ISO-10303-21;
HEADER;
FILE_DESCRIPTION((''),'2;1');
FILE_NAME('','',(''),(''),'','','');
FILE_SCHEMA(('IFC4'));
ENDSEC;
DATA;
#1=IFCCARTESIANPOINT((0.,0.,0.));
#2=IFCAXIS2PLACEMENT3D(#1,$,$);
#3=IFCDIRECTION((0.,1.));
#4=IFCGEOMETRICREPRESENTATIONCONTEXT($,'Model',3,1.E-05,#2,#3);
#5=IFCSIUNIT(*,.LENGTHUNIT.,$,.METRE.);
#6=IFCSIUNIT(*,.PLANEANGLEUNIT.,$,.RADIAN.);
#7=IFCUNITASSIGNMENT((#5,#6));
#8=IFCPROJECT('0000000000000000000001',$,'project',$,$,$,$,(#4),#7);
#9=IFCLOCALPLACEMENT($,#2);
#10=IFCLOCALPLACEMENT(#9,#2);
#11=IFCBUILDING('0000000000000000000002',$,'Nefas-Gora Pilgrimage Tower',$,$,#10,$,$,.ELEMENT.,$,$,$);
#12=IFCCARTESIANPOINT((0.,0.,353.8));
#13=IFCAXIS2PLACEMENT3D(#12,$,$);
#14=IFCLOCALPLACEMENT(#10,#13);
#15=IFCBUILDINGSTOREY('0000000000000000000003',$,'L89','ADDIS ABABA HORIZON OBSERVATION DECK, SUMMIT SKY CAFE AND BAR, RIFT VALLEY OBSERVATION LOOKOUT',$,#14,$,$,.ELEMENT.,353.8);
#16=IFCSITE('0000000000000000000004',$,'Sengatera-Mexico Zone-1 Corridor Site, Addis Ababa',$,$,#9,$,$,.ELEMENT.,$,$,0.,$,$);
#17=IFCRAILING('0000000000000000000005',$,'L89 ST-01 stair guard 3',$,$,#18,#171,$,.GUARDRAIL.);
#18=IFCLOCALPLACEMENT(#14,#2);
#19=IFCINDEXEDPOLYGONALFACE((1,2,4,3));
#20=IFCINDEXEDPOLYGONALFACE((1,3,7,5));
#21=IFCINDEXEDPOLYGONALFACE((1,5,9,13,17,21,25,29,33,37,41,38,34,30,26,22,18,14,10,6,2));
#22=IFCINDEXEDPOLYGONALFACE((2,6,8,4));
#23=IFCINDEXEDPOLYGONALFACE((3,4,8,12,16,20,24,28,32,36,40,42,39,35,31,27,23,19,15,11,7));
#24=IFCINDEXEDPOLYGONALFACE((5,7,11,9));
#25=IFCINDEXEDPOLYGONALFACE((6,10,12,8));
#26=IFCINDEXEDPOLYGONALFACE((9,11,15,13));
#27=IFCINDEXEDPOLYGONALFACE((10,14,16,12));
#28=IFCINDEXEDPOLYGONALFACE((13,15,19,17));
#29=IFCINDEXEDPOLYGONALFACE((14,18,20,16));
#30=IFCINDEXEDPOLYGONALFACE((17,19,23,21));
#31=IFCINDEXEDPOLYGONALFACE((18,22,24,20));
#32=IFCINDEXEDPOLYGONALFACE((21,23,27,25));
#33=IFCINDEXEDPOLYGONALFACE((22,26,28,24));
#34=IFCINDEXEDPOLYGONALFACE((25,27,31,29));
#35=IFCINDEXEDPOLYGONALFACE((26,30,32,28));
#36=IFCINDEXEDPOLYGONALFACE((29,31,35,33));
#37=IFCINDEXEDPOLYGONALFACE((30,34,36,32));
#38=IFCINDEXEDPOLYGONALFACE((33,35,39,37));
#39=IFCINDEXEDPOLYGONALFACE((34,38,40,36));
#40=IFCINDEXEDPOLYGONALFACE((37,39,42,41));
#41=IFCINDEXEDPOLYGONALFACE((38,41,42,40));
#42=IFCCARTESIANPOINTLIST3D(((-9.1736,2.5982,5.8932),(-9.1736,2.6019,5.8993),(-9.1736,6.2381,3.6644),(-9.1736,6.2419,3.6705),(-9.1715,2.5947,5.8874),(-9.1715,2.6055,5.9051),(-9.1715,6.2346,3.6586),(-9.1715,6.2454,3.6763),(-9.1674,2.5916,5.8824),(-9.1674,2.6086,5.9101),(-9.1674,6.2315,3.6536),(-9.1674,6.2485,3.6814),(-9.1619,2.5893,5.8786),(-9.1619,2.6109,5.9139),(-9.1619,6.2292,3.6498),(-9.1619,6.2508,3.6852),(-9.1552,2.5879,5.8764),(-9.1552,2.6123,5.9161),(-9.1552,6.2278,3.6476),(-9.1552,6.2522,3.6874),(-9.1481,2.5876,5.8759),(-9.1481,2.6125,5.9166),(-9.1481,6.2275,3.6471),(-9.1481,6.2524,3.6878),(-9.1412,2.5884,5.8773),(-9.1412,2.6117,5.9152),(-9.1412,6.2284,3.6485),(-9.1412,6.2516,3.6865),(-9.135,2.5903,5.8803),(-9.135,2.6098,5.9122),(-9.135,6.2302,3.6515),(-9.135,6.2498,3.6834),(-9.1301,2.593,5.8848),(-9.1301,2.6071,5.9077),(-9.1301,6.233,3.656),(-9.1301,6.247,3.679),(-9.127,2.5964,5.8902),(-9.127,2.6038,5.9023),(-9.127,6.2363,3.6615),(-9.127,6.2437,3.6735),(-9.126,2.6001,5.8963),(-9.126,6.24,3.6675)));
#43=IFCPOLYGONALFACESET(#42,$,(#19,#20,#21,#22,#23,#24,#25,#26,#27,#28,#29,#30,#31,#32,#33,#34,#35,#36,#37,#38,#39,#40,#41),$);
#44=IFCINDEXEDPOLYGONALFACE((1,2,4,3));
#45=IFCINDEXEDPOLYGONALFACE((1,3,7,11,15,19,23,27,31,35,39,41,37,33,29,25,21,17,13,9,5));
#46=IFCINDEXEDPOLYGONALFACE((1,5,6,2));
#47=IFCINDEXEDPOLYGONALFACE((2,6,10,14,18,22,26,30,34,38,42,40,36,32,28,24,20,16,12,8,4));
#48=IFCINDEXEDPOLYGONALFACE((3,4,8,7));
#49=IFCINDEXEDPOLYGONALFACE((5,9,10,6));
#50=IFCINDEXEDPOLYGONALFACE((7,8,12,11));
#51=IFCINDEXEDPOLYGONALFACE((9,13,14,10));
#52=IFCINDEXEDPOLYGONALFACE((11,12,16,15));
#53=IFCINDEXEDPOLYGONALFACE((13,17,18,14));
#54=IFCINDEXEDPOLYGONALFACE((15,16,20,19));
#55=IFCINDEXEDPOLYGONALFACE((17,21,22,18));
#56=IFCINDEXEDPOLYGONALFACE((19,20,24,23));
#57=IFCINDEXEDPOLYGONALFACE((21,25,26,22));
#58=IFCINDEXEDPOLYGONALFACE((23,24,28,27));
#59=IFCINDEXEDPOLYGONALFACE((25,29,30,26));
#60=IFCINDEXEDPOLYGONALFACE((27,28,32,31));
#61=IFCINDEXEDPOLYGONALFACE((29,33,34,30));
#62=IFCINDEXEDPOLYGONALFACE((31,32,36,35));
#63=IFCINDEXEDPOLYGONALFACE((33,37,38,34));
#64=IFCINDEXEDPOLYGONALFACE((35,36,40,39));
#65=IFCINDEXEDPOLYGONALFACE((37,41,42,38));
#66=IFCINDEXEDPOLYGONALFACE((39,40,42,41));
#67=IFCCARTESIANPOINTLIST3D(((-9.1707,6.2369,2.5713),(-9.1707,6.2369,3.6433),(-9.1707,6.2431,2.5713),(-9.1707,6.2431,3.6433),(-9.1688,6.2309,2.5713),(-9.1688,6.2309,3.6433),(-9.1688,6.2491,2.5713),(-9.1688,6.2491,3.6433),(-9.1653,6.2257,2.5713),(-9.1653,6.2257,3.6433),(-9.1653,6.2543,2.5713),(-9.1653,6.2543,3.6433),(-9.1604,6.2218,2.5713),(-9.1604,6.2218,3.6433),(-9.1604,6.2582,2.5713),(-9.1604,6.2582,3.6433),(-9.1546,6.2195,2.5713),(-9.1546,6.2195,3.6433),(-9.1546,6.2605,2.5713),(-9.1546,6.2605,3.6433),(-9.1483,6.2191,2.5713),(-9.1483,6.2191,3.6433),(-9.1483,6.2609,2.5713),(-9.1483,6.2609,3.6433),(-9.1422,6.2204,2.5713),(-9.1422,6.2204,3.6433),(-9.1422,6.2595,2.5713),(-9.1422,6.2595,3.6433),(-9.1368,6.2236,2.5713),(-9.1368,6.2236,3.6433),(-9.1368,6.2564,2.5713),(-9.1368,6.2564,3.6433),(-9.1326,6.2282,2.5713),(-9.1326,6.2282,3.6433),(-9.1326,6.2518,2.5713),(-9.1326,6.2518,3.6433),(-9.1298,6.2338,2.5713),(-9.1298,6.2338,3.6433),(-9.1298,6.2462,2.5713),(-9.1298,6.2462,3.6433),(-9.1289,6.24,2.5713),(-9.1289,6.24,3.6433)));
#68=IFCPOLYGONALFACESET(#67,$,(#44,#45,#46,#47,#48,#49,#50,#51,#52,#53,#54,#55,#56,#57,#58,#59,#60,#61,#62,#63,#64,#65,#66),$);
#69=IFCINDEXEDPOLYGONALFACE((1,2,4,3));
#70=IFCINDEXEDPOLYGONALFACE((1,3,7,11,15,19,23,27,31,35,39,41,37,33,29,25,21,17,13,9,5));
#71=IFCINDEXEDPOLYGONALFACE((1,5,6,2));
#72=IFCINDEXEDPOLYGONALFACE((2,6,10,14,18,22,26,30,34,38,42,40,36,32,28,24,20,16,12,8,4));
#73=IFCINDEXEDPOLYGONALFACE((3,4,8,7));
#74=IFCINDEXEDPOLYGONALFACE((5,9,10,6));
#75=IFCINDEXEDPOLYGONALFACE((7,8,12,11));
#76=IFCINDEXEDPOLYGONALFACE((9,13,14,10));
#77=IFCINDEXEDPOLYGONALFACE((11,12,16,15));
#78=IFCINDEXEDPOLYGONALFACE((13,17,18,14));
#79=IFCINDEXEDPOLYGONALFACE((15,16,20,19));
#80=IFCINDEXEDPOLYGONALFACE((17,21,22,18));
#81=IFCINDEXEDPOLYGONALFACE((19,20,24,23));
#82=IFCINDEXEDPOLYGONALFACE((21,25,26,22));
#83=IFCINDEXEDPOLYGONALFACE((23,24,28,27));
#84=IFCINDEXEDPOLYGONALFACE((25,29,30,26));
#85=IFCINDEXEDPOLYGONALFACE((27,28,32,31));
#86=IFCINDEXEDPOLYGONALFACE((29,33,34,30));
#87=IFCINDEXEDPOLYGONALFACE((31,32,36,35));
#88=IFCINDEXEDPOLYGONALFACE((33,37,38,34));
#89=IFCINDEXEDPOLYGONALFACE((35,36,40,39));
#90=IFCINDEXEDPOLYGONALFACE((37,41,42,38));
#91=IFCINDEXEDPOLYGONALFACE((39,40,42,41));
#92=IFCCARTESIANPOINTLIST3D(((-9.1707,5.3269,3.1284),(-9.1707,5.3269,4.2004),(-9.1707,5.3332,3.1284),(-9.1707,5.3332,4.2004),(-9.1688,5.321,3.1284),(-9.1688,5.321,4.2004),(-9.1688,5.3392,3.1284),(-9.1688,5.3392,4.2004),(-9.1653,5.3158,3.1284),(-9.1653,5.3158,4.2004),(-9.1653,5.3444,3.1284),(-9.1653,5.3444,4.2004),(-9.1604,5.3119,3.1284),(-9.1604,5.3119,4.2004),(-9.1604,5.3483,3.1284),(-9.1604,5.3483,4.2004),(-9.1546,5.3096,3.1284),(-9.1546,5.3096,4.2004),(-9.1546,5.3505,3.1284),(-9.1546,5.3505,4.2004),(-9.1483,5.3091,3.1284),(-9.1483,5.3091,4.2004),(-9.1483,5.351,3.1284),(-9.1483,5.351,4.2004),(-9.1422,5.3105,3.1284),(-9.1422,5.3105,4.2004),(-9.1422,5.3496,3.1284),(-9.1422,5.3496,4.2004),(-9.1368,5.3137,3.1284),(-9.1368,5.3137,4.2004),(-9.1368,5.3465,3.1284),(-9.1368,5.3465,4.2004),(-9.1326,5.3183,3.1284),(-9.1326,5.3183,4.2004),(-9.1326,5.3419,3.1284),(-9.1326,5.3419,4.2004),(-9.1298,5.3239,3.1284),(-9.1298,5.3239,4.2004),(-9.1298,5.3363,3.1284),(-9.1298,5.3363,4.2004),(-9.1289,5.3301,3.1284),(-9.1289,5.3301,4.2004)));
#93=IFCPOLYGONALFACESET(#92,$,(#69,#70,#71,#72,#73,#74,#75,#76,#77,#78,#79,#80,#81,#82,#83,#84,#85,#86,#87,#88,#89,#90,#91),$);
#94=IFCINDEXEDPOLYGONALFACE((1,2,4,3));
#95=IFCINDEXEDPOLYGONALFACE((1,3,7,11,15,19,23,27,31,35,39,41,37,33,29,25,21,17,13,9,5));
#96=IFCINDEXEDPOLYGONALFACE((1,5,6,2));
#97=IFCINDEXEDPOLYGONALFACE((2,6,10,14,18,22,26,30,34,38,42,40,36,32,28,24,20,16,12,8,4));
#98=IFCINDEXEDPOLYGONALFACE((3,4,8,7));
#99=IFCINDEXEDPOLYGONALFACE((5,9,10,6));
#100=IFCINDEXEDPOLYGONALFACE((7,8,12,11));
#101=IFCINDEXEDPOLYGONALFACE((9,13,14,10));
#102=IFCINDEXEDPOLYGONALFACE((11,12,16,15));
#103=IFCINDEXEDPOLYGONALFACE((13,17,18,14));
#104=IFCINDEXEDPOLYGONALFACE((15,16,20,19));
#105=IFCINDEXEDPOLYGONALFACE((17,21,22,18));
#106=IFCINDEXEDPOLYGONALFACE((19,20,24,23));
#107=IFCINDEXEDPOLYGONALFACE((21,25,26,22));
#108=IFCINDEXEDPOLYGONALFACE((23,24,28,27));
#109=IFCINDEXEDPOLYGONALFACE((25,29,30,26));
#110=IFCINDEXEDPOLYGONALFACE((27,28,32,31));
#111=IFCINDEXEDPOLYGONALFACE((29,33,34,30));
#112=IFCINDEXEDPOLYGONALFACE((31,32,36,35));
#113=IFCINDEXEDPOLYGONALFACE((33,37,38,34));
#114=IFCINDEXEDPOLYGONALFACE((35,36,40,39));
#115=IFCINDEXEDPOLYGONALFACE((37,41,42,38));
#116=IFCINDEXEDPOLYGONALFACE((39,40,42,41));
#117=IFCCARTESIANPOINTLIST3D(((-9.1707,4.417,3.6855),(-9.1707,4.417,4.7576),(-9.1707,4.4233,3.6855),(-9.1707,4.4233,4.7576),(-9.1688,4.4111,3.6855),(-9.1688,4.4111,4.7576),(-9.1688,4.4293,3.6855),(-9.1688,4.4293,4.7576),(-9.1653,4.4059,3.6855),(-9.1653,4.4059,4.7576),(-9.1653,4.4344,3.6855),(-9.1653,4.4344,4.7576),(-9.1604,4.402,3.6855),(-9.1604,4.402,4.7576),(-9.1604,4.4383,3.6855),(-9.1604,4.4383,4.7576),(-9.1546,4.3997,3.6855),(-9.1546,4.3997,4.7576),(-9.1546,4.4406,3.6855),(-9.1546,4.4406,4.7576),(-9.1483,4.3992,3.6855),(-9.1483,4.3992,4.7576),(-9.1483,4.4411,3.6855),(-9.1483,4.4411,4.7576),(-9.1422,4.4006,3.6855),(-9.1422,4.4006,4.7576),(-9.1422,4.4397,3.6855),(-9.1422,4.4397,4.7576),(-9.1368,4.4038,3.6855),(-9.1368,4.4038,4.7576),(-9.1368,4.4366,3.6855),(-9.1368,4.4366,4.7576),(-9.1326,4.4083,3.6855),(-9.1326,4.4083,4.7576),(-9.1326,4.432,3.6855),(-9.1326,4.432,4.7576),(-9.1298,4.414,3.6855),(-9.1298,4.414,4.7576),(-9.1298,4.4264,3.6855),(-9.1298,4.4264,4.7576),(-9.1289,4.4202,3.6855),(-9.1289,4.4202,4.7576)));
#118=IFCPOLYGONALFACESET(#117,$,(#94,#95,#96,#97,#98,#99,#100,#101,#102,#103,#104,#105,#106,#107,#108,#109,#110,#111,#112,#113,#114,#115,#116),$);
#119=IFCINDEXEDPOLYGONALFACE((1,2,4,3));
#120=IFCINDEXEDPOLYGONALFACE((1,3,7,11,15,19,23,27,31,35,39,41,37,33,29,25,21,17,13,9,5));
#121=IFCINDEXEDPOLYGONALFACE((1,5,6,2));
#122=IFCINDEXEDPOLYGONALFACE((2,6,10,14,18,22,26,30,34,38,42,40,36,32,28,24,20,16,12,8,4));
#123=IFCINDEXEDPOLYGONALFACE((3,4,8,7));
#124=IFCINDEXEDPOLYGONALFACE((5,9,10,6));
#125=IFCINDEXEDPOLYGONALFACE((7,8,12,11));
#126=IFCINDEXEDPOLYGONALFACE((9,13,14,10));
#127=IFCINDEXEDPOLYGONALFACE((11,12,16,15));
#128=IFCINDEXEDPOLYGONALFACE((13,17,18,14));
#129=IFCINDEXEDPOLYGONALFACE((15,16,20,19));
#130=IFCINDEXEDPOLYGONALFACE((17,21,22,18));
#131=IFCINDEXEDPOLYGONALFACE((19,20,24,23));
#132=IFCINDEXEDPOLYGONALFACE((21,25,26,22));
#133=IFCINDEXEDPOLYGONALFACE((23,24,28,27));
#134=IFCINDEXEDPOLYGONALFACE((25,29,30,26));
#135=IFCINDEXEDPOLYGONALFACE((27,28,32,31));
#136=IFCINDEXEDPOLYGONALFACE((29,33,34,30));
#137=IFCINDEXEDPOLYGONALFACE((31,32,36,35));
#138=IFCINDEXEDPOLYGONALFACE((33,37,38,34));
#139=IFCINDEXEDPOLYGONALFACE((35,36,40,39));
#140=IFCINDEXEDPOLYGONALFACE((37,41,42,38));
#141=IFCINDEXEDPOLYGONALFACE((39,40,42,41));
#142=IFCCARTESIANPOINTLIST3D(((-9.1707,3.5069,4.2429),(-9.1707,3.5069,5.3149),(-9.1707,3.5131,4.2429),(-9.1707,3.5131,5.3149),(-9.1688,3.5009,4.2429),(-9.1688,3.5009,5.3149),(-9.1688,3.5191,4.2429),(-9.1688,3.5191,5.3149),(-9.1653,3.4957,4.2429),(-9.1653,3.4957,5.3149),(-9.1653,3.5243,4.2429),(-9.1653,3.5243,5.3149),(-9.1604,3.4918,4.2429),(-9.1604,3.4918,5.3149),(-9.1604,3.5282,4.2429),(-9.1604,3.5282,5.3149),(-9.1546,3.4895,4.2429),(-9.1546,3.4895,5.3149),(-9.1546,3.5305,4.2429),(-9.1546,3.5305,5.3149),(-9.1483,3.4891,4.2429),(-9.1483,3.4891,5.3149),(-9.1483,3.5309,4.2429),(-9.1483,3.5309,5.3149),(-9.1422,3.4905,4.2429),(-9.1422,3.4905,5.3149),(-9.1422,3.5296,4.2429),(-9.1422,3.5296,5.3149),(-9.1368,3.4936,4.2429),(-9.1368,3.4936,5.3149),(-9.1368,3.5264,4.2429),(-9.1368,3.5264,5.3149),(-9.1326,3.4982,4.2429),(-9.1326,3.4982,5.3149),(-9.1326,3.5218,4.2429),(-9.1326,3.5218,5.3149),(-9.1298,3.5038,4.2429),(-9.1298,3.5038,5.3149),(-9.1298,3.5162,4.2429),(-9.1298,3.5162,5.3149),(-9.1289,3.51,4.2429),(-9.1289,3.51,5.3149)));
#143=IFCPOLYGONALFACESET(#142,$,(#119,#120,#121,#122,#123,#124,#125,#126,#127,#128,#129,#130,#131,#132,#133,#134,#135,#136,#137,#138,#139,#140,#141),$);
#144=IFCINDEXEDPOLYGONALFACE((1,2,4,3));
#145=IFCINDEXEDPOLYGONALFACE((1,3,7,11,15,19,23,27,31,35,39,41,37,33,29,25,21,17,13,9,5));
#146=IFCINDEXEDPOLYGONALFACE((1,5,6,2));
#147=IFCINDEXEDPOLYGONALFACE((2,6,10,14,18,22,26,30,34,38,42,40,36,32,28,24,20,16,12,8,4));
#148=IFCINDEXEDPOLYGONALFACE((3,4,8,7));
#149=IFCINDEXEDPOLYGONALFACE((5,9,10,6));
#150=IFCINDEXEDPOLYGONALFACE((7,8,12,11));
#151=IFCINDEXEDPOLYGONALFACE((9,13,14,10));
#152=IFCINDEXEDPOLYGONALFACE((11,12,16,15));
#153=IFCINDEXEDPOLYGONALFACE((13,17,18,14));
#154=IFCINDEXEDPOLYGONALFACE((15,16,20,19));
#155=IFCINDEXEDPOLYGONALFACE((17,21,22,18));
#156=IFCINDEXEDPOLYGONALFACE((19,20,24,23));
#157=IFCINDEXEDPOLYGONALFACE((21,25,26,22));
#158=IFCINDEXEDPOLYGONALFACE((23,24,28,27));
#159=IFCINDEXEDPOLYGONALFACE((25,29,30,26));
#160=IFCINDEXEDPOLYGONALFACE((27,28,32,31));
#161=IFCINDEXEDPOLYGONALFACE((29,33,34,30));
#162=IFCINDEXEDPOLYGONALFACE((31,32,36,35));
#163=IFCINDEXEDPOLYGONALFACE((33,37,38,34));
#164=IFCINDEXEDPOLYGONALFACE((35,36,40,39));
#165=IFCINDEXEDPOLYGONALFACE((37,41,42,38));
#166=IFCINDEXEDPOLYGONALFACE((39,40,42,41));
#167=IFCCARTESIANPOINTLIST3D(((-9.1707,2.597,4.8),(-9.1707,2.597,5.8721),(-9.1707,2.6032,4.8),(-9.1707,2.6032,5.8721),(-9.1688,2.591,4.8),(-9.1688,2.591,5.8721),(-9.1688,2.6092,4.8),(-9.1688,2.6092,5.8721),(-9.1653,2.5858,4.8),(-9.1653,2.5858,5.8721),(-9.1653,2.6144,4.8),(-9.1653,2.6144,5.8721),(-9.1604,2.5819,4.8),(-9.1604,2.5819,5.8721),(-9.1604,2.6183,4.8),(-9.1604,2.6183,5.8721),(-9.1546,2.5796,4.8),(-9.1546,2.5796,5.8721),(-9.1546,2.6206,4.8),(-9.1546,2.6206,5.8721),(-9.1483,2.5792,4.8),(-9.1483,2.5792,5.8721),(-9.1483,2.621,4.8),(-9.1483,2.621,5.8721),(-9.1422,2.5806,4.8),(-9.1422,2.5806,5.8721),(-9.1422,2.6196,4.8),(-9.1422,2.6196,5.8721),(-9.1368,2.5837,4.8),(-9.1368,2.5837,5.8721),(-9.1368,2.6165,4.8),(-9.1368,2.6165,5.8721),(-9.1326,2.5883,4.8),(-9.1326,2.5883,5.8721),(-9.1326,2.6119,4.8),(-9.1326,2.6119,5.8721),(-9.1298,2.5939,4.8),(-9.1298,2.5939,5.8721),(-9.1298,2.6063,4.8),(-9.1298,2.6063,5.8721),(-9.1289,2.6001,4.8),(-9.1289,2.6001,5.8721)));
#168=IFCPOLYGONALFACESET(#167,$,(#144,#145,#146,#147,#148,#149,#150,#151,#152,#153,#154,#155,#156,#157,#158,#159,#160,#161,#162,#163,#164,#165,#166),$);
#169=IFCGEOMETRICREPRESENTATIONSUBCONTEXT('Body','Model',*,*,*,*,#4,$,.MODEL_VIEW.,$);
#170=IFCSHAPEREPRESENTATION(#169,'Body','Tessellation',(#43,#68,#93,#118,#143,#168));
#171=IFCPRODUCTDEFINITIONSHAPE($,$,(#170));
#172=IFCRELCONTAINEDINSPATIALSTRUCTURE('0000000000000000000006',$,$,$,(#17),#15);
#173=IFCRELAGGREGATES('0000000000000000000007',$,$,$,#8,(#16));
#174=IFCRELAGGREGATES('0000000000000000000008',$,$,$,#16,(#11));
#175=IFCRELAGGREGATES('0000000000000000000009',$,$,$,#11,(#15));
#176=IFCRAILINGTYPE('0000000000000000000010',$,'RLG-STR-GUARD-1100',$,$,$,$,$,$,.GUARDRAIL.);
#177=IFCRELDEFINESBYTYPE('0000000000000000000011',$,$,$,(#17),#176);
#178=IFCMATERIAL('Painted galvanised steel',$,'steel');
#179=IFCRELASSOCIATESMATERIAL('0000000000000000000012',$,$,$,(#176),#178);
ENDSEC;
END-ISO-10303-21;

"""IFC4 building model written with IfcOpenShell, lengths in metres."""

from ifc_helpers import new_model, si_unit, direction, frame, origin, origin_2d, place, context, subcontext, project, spatial, circle, extrude, material, type_object, element, save


model = new_model("IFC4")

# Units and contexts
model_context = context("Model", 3, precision=1e-05, world=origin(), true_north=direction((0.0, 1.0)))
body_context = subcontext(model_context, "Body", "Model", "MODEL_VIEW")
ifc_project = project(units=[si_unit("LENGTHUNIT", "METRE"), si_unit("PLANEANGLEUNIT", "RADIAN")], contexts=[model_context])

# Site, building, storey
site_placement = place(None, origin())
site = spatial("IfcSite", under=ifc_project, at=site_placement, Name="Sengatera-Mexico Zone-1 Corridor Site, Addis Ababa", CompositionType="ELEMENT", RefElevation=0.0)
building_placement = place(site_placement, origin())
building = spatial("IfcBuilding", under=site, at=building_placement, Name="Nefas-Gora Pilgrimage Tower", CompositionType="ELEMENT")
storey_placement = place(building_placement, frame((0.0, 0.0, 353.8)))
storey = spatial("IfcBuildingStorey", under=building, at=storey_placement, Name="L89", Description="ADDIS ABABA HORIZON OBSERVATION DECK, SUMMIT SKY CAFE AND BAR, RIFT VALLEY OBSERVATION LOOKOUT", CompositionType="ELEMENT", Elevation=353.8)

# Railing
ifc_material_1 = material(Name="Painted galvanised steel", Category="steel")
railing_type_1 = type_object("IfcRailingType", Name="RLG-STR-GUARD-1100", PredefinedType="GUARDRAIL", material=ifc_material_1)
railing_1_placement = place(storey_placement, frame((-9.1499, 6.24, 2.5713)))
element("IfcRailing", 1, at=railing_1_placement, inside=storey, type_object=railing_type_1, Name="L89 ST-01 stair guard 3", PredefinedType="GUARDRAIL", context=body_context, shape_type="SweptSolid", body=[
    extrude(circle(Radius=0.0239, at=origin_2d()), frame((0.0, 0.0, 1.0962), z_axis=(0.0, -0.852825, 0.522197), x_axis=(1.0, 0.0, 0.0)), (0.0, 0.0, 1.0), 4.2681),
    extrude(circle(Radius=0.021, at=origin_2d()), origin(), (0.0, 0.0, 1.0), 1.072),
    extrude(circle(Radius=0.021, at=origin_2d()), frame((0.0, -0.9099, 0.5571)), (0.0, 0.0, 1.0), 1.072),
    extrude(circle(Radius=0.021, at=origin_2d()), frame((0.0, -1.8198, 1.1143)), (0.0, 0.0, 1.0), 1.072),
    extrude(circle(Radius=0.021, at=origin_2d()), frame((0.0, -2.73, 1.6716)), (0.0, 0.0, 1.0), 1.072),
    extrude(circle(Radius=0.021, at=origin_2d()), frame((0.0, -3.6399, 2.2288)), (0.0, 0.0, 1.0), 1.072),
])

save(model, "model.ifc")
